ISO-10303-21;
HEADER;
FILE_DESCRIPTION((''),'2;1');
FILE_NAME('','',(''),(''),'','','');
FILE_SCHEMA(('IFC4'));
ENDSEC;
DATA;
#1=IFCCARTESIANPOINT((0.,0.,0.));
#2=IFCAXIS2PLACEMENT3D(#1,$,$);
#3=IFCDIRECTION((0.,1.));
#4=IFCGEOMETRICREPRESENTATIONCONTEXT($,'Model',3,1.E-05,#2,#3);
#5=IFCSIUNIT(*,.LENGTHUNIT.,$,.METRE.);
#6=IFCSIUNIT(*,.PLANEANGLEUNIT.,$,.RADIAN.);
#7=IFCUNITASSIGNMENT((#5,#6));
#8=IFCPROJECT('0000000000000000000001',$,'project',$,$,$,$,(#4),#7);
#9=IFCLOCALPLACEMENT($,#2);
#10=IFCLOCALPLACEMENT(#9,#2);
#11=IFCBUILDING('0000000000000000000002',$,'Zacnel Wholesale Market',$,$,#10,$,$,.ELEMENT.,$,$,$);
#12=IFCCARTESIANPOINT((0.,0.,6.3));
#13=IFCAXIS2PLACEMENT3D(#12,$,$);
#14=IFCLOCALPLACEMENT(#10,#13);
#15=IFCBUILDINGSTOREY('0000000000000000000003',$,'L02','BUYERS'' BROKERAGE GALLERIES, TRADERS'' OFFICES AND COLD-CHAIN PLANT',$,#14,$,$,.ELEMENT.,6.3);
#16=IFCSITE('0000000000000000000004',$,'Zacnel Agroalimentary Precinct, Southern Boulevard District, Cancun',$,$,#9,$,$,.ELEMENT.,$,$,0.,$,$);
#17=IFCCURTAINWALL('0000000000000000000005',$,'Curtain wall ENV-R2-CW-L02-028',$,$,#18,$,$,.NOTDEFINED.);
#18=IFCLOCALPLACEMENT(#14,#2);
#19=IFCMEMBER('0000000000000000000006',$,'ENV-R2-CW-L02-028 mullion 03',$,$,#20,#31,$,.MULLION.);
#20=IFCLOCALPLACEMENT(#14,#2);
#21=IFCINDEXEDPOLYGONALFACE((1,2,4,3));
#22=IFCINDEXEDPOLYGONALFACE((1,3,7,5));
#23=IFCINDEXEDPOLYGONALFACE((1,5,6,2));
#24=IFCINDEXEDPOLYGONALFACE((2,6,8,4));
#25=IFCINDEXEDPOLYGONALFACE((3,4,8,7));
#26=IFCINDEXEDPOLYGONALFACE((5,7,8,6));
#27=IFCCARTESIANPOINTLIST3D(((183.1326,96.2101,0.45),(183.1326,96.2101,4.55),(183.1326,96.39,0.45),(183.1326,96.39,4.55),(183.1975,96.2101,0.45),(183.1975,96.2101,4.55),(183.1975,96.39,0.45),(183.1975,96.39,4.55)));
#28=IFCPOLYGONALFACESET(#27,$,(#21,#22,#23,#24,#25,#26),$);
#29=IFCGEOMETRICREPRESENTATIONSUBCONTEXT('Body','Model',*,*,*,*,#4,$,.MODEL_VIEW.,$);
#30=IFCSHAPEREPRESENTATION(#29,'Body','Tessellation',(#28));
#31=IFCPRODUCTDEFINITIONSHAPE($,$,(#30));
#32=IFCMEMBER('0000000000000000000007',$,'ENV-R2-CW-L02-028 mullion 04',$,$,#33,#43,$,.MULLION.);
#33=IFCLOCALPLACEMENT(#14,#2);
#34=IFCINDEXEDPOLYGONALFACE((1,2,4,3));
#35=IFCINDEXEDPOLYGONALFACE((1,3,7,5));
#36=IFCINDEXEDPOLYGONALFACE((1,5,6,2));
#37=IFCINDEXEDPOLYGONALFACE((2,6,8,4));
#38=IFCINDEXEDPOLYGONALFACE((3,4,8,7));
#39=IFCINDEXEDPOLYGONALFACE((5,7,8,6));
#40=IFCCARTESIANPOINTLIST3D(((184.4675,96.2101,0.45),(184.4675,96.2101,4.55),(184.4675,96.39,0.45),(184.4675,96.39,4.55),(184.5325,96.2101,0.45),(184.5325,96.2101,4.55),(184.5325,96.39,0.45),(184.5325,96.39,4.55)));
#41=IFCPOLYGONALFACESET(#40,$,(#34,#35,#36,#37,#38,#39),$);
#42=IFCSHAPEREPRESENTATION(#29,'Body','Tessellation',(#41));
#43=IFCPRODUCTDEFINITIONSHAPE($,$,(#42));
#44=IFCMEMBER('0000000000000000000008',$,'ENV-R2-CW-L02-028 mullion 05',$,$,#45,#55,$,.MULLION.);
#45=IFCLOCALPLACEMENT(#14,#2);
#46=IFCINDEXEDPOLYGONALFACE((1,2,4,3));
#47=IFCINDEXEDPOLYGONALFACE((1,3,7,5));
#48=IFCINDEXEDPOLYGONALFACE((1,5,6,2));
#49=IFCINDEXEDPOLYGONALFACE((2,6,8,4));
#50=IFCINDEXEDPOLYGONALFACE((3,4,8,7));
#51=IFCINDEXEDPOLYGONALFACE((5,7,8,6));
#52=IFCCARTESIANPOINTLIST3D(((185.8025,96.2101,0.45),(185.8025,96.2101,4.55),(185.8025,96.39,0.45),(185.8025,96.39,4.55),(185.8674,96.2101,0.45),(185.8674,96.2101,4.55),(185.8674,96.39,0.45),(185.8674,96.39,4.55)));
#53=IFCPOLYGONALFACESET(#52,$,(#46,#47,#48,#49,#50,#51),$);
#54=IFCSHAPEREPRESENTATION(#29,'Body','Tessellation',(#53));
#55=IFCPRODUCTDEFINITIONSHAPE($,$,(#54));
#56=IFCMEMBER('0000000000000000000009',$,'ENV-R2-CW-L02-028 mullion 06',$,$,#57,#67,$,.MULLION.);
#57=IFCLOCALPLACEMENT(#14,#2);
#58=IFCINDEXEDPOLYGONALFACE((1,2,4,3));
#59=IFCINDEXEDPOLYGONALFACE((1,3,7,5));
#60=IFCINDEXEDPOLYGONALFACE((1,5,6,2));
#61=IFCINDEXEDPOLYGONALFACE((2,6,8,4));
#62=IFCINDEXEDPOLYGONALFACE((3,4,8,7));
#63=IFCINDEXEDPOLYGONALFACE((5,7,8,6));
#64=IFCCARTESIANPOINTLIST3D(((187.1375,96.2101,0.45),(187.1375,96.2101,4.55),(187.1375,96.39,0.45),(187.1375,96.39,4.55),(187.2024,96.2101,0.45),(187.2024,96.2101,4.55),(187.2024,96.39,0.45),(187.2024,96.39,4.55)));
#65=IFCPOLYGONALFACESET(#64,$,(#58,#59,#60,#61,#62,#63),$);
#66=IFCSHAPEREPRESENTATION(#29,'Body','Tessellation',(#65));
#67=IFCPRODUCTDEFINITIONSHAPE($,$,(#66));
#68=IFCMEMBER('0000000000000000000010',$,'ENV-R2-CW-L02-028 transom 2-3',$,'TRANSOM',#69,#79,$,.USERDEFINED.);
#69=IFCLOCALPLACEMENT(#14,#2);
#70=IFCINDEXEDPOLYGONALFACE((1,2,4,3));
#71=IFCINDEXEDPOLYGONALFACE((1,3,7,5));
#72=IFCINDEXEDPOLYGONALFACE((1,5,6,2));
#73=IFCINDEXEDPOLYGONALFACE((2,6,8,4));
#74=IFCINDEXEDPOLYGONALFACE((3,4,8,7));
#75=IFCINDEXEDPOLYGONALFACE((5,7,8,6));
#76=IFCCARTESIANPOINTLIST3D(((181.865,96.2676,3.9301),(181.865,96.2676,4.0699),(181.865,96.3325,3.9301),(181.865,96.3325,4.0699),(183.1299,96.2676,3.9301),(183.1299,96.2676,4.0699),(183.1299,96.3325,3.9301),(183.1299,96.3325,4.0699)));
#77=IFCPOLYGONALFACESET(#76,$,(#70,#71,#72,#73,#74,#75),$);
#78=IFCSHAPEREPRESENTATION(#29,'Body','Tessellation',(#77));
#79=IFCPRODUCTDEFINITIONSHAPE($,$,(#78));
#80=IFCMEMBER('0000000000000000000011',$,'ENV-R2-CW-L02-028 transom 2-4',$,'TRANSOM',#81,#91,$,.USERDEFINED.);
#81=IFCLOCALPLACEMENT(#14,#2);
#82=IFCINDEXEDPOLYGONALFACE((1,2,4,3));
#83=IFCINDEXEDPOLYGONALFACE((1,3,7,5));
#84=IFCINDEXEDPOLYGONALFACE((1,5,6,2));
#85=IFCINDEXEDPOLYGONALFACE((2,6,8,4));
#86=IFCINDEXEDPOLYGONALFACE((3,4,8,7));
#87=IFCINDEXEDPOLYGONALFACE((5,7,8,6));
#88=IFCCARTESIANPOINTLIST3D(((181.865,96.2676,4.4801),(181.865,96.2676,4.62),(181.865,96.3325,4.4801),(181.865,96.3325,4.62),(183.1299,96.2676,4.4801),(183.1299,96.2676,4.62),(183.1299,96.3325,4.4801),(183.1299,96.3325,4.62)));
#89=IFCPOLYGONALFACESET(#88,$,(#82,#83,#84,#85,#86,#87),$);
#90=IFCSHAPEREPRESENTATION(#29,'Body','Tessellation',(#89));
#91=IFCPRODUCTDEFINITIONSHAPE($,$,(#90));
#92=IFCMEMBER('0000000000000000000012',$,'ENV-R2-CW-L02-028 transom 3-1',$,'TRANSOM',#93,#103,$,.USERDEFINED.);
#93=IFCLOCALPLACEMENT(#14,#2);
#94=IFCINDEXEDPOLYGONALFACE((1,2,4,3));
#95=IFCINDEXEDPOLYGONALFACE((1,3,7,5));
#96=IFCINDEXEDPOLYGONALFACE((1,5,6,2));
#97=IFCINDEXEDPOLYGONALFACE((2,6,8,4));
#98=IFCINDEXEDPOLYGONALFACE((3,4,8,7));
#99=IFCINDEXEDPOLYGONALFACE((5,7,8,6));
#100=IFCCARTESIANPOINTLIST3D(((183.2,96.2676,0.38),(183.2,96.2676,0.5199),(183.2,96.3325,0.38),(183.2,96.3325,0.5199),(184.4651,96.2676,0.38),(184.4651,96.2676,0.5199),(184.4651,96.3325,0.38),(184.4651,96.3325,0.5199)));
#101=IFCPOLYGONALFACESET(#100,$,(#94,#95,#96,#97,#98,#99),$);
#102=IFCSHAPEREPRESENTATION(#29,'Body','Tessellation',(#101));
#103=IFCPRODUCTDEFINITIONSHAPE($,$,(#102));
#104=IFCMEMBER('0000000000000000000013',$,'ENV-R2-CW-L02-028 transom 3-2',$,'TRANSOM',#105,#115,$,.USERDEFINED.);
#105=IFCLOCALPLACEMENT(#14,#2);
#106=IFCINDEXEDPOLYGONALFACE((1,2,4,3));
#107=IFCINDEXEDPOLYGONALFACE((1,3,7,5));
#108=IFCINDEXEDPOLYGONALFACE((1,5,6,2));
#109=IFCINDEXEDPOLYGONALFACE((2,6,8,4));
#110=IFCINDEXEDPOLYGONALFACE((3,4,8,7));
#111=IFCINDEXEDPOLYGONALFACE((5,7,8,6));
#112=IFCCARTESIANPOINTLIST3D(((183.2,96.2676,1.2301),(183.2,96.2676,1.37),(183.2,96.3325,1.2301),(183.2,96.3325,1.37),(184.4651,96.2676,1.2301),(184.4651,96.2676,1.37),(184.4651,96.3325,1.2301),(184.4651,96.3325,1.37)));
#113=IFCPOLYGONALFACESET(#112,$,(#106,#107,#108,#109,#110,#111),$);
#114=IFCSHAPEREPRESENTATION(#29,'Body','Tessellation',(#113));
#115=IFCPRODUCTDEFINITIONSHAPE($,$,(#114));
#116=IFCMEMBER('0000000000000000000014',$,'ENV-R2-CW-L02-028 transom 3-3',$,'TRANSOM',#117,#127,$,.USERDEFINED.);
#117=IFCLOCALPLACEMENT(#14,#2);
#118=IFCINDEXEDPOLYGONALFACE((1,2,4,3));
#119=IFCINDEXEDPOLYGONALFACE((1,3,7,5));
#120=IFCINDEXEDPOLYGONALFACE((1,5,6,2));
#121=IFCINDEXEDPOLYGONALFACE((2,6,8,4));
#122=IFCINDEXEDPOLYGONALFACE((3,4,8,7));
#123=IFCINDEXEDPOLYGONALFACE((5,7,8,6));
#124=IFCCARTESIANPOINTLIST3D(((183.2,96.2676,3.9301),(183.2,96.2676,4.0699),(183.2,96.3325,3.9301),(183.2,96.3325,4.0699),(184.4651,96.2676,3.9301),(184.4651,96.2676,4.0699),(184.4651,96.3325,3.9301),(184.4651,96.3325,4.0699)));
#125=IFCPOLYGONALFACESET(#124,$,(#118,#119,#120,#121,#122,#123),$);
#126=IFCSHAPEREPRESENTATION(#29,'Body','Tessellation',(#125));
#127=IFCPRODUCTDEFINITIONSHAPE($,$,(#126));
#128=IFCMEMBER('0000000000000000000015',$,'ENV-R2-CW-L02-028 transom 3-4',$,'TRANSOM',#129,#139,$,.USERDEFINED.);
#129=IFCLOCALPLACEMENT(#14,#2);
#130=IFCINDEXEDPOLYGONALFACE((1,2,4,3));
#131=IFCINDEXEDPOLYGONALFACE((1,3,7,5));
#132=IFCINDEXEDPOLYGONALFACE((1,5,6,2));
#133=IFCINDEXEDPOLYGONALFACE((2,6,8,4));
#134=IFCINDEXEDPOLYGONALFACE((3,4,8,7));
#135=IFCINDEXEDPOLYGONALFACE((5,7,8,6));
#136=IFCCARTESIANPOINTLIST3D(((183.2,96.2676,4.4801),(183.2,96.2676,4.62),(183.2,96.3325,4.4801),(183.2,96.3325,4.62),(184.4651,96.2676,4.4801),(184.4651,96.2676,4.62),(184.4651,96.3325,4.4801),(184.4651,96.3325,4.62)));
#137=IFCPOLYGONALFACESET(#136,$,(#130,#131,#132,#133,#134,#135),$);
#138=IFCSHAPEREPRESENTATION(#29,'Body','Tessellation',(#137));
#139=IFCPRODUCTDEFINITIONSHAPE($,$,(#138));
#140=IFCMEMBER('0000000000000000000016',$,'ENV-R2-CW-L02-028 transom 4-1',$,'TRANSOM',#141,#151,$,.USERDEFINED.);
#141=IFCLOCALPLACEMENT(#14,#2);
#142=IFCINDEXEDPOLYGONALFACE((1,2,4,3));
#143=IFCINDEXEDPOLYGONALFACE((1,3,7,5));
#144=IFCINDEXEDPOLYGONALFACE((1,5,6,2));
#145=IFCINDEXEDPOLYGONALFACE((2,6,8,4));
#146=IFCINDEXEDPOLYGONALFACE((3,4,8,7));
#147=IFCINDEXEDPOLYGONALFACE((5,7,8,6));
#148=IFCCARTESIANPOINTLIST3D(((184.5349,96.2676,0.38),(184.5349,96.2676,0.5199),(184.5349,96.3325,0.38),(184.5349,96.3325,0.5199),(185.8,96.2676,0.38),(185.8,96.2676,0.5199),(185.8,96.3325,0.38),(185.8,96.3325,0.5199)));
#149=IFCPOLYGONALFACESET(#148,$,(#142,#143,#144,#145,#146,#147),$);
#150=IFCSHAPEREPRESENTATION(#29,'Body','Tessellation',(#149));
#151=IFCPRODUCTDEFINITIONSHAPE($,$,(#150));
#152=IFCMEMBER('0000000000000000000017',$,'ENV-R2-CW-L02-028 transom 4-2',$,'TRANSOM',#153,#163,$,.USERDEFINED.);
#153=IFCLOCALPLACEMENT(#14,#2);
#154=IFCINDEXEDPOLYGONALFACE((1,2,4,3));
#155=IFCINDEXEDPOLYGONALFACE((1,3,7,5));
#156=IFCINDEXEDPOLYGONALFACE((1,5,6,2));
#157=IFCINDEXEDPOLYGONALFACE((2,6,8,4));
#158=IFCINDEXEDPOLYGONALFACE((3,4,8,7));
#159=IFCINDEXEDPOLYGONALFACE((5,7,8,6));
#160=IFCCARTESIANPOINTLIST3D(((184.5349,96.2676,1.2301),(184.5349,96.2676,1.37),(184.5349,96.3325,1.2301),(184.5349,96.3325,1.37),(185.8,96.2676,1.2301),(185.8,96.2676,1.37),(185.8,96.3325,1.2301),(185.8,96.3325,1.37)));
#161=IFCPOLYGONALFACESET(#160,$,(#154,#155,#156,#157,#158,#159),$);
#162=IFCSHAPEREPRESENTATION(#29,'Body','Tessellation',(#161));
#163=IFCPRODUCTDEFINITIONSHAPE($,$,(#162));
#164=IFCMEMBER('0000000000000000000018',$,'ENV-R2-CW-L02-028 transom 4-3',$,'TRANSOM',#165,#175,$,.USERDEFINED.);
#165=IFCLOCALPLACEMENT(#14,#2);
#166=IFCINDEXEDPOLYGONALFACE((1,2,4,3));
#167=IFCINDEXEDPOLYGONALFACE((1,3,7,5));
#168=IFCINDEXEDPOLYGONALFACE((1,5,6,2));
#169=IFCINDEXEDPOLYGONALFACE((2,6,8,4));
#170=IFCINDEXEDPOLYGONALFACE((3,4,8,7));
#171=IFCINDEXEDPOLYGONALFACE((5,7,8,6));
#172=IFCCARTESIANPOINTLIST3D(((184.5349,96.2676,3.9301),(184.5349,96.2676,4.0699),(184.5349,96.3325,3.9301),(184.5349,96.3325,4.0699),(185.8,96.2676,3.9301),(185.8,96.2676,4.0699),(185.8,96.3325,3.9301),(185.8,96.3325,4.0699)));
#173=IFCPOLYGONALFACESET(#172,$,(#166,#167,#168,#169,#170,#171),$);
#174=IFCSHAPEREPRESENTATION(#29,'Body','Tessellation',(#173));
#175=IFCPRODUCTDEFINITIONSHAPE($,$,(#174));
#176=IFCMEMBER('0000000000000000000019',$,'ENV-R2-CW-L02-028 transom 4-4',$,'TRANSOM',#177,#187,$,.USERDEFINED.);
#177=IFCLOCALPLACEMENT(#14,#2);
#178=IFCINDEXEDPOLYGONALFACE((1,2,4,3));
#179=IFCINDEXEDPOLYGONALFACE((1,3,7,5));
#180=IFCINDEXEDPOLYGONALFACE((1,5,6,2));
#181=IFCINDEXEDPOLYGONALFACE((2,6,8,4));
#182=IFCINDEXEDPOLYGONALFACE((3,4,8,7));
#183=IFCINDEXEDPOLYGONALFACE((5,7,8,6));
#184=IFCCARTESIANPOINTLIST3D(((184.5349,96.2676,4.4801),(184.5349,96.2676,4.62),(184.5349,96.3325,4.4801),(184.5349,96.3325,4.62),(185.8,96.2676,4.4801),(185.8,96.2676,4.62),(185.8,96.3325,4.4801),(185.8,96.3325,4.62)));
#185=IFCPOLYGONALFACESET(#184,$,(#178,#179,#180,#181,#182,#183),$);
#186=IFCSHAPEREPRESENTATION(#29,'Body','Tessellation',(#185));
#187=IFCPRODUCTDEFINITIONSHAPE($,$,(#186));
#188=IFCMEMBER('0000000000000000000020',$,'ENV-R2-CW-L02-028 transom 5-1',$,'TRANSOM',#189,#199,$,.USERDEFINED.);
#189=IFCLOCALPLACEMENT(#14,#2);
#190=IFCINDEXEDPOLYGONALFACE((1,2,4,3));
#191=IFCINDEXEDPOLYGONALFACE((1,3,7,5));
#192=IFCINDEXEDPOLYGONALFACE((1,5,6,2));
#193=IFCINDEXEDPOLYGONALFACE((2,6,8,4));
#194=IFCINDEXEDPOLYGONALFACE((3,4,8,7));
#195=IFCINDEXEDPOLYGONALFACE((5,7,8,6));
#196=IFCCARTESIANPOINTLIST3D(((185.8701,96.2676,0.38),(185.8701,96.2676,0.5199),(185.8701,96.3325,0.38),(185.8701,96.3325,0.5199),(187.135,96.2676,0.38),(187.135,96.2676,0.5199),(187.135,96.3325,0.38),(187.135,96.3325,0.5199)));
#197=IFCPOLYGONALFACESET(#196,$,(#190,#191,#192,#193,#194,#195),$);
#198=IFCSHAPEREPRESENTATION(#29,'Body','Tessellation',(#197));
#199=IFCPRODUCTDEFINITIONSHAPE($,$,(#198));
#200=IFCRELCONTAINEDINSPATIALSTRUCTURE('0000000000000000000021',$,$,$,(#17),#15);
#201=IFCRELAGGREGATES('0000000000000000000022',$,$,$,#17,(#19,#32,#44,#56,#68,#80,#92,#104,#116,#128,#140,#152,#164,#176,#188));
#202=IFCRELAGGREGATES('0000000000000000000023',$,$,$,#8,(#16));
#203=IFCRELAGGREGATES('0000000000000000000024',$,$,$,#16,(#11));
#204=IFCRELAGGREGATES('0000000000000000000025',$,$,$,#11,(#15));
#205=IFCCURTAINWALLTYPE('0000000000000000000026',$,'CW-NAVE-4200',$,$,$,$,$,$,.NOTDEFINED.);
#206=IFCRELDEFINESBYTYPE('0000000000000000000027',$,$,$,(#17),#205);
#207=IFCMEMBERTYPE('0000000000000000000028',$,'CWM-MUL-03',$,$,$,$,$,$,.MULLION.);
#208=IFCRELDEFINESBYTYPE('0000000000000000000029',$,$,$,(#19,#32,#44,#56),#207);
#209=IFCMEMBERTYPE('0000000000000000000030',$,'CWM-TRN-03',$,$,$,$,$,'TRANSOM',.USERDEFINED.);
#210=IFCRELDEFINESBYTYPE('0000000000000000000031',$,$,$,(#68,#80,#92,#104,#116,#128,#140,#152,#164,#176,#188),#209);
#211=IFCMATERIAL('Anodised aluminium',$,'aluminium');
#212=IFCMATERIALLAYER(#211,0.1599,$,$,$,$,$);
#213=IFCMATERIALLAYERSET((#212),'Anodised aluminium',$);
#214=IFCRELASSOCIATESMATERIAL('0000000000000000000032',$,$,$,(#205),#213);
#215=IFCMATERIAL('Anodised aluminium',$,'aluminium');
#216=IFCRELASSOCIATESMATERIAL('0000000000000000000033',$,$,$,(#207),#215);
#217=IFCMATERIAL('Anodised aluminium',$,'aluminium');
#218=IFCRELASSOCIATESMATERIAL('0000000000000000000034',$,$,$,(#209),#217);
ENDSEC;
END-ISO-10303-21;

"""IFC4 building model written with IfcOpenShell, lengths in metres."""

from ifc_helpers import new_model, si_unit, direction, frame, origin, origin_2d, place, context, subcontext, project, spatial, rectangle, extrude, material, layer, layer_set, material_profile, profile_set, type_object, element, aggregate, save


model = new_model("IFC4")

# Units and contexts
model_context = context("Model", 3, precision=1e-05, world=origin(), true_north=direction((0.0, 1.0)))
body_context = subcontext(model_context, "Body", "Model", "MODEL_VIEW")
ifc_project = project(units=[si_unit("LENGTHUNIT", "METRE"), si_unit("PLANEANGLEUNIT", "RADIAN")], contexts=[model_context])

# Site, building, storey
site_placement = place(None, origin())
site = spatial("IfcSite", under=ifc_project, at=site_placement, Name="Zacnel Agroalimentary Precinct, Southern Boulevard District, Cancun", CompositionType="ELEMENT", RefElevation=0.0)
building_placement = place(site_placement, origin())
building = spatial("IfcBuilding", under=site, at=building_placement, Name="Zacnel Wholesale Market", CompositionType="ELEMENT")
storey_placement = place(building_placement, frame((0.0, 0.0, 6.3)))
storey = spatial("IfcBuildingStorey", under=building, at=storey_placement, Name="L02", Description="BUYERS' BROKERAGE GALLERIES, TRADERS' OFFICES AND COLD-CHAIN PLANT", CompositionType="ELEMENT", Elevation=6.3)

# Curtain wall, members
ifc_material_1 = material(Name="Anodised aluminium", Category="aluminium")
ifc_layer_1 = layer(ifc_material_1, 0.1599)
ifc_layer_set_1 = layer_set([ifc_layer_1], Name="Anodised aluminium")
curtain_wall_type = type_object("IfcCurtainWallType", Name="CW-NAVE-4200", PredefinedType="NOTDEFINED", material=ifc_layer_set_1)
curtain_wall_placement = place(storey_placement, origin())
curtain_wall = element("IfcCurtainWall", 1, at=curtain_wall_placement, inside=storey, type_object=curtain_wall_type, Name="Curtain wall ENV-R2-CW-L02-028", PredefinedType="NOTDEFINED")
ifc_material_2 = material(Name="Anodised aluminium", Category="aluminium")
ifc_material_profile_1 = material_profile(ifc_material_2, rectangle(XDim=0.0649, YDim=0.1799, at=origin_2d()), Name="AW-MULLION 65x180")
ifc_profile_set_1 = profile_set([ifc_material_profile_1], Name="Anodised aluminium")
member_type_1 = type_object("IfcMemberType", Name="CWM-MUL-03", PredefinedType="MULLION", material=ifc_profile_set_1)
member_1_placement = place(storey_placement, frame((183.165, 96.3, 0.45), z_axis=(0.0, 0.0, 1.0), x_axis=(1.0, 0.0, 0.0)))
member_1 = element("IfcMember", 2, at=member_1_placement, type_object=member_type_1, Name="ENV-R2-CW-L02-028 mullion 03", PredefinedType="MULLION", context=body_context, shape_type="SweptSolid", body=[
    extrude(rectangle(XDim=0.0649, YDim=0.1799, at=origin_2d()), origin(), (0.0, 0.0, 1.0), 4.1001),
])
member_2_placement = place(storey_placement, frame((184.5, 96.3, 0.45), z_axis=(0.0, 0.0, 1.0), x_axis=(1.0, 0.0, 0.0)))
member_2 = element("IfcMember", 3, at=member_2_placement, type_object=member_type_1, Name="ENV-R2-CW-L02-028 mullion 04", PredefinedType="MULLION", context=body_context, shape_type="SweptSolid", body=[
    extrude(rectangle(XDim=0.0649, YDim=0.1799, at=origin_2d()), origin(), (0.0, 0.0, 1.0), 4.1001),
])
member_3_placement = place(storey_placement, frame((185.835, 96.3, 0.45), z_axis=(0.0, 0.0, 1.0), x_axis=(1.0, 0.0, 0.0)))
member_3 = element("IfcMember", 4, at=member_3_placement, type_object=member_type_1, Name="ENV-R2-CW-L02-028 mullion 05", PredefinedType="MULLION", context=body_context, shape_type="SweptSolid", body=[
    extrude(rectangle(XDim=0.0649, YDim=0.1799, at=origin_2d()), origin(), (0.0, 0.0, 1.0), 4.1001),
])
member_4_placement = place(storey_placement, frame((187.1699, 96.3, 0.45), z_axis=(0.0, 0.0, 1.0), x_axis=(1.0, 0.0, 0.0)))
member_4 = element("IfcMember", 5, at=member_4_placement, type_object=member_type_1, Name="ENV-R2-CW-L02-028 mullion 06", PredefinedType="MULLION", context=body_context, shape_type="SweptSolid", body=[
    extrude(rectangle(XDim=0.0649, YDim=0.1799, at=origin_2d()), origin(), (0.0, 0.0, 1.0), 4.1001),
])
ifc_material_3 = material(Name="Anodised aluminium", Category="aluminium")
ifc_material_profile_2 = material_profile(ifc_material_3, rectangle(XDim=0.0649, YDim=0.1399, at=origin_2d()), Name="AW-TRANSOM 65x140")
ifc_profile_set_2 = profile_set([ifc_material_profile_2], Name="Anodised aluminium")
member_type_2 = type_object("IfcMemberType", Name="CWM-TRN-03", ElementType="TRANSOM", PredefinedType="USERDEFINED", material=ifc_profile_set_2)
member_5_placement = place(storey_placement, frame((181.865, 96.3, 4.0), z_axis=(1.0, 0.0, 0.0), x_axis=(0.0, 1.0, 0.0)))
member_5 = element("IfcMember", 6, at=member_5_placement, type_object=member_type_2, Name="ENV-R2-CW-L02-028 transom 2-3", ObjectType="TRANSOM", PredefinedType="USERDEFINED", context=body_context, shape_type="SweptSolid", body=[
    extrude(rectangle(XDim=0.0649, YDim=0.1399, at=origin_2d()), origin(), (0.0, 0.0, 1.0), 1.2649),
])
member_6_placement = place(storey_placement, frame((181.865, 96.3, 4.55), z_axis=(1.0, 0.0, 0.0), x_axis=(0.0, 1.0, 0.0)))
member_6 = element("IfcMember", 7, at=member_6_placement, type_object=member_type_2, Name="ENV-R2-CW-L02-028 transom 2-4", ObjectType="TRANSOM", PredefinedType="USERDEFINED", context=body_context, shape_type="SweptSolid", body=[
    extrude(rectangle(XDim=0.0649, YDim=0.1399, at=origin_2d()), origin(), (0.0, 0.0, 1.0), 1.2649),
])
member_7_placement = place(storey_placement, frame((183.2, 96.3, 0.45), z_axis=(1.0, 0.0, 0.0), x_axis=(0.0, 1.0, 0.0)))
member_7 = element("IfcMember", 8, at=member_7_placement, type_object=member_type_2, Name="ENV-R2-CW-L02-028 transom 3-1", ObjectType="TRANSOM", PredefinedType="USERDEFINED", context=body_context, shape_type="SweptSolid", body=[
    extrude(rectangle(XDim=0.0649, YDim=0.1399, at=origin_2d()), origin(), (0.0, 0.0, 1.0), 1.2651),
])
member_8_placement = place(storey_placement, frame((183.2, 96.3, 1.3), z_axis=(1.0, 0.0, 0.0), x_axis=(0.0, 1.0, 0.0)))
member_8 = element("IfcMember", 9, at=member_8_placement, type_object=member_type_2, Name="ENV-R2-CW-L02-028 transom 3-2", ObjectType="TRANSOM", PredefinedType="USERDEFINED", context=body_context, shape_type="SweptSolid", body=[
    extrude(rectangle(XDim=0.0649, YDim=0.1399, at=origin_2d()), origin(), (0.0, 0.0, 1.0), 1.2651),
])
member_9_placement = place(storey_placement, frame((183.2, 96.3, 4.0), z_axis=(1.0, 0.0, 0.0), x_axis=(0.0, 1.0, 0.0)))
member_9 = element("IfcMember", 10, at=member_9_placement, type_object=member_type_2, Name="ENV-R2-CW-L02-028 transom 3-3", ObjectType="TRANSOM", PredefinedType="USERDEFINED", context=body_context, shape_type="SweptSolid", body=[
    extrude(rectangle(XDim=0.0649, YDim=0.1399, at=origin_2d()), origin(), (0.0, 0.0, 1.0), 1.2651),
])
member_10_placement = place(storey_placement, frame((183.2, 96.3, 4.55), z_axis=(1.0, 0.0, 0.0), x_axis=(0.0, 1.0, 0.0)))
member_10 = element("IfcMember", 11, at=member_10_placement, type_object=member_type_2, Name="ENV-R2-CW-L02-028 transom 3-4", ObjectType="TRANSOM", PredefinedType="USERDEFINED", context=body_context, shape_type="SweptSolid", body=[
    extrude(rectangle(XDim=0.0649, YDim=0.1399, at=origin_2d()), origin(), (0.0, 0.0, 1.0), 1.2651),
])
member_11_placement = place(storey_placement, frame((184.5349, 96.3, 0.45), z_axis=(1.0, 0.0, 0.0), x_axis=(0.0, 1.0, 0.0)))
member_11 = element("IfcMember", 12, at=member_11_placement, type_object=member_type_2, Name="ENV-R2-CW-L02-028 transom 4-1", ObjectType="TRANSOM", PredefinedType="USERDEFINED", context=body_context, shape_type="SweptSolid", body=[
    extrude(rectangle(XDim=0.0649, YDim=0.1399, at=origin_2d()), origin(), (0.0, 0.0, 1.0), 1.2651),
])
member_12_placement = place(storey_placement, frame((184.5349, 96.3, 1.3), z_axis=(1.0, 0.0, 0.0), x_axis=(0.0, 1.0, 0.0)))
member_12 = element("IfcMember", 13, at=member_12_placement, type_object=member_type_2, Name="ENV-R2-CW-L02-028 transom 4-2", ObjectType="TRANSOM", PredefinedType="USERDEFINED", context=body_context, shape_type="SweptSolid", body=[
    extrude(rectangle(XDim=0.0649, YDim=0.1399, at=origin_2d()), origin(), (0.0, 0.0, 1.0), 1.2651),
])
member_13_placement = place(storey_placement, frame((184.5349, 96.3, 4.0), z_axis=(1.0, 0.0, 0.0), x_axis=(0.0, 1.0, 0.0)))
member_13 = element("IfcMember", 14, at=member_13_placement, type_object=member_type_2, Name="ENV-R2-CW-L02-028 transom 4-3", ObjectType="TRANSOM", PredefinedType="USERDEFINED", context=body_context, shape_type="SweptSolid", body=[
    extrude(rectangle(XDim=0.0649, YDim=0.1399, at=origin_2d()), origin(), (0.0, 0.0, 1.0), 1.2651),
])
member_14_placement = place(storey_placement, frame((184.5349, 96.3, 4.55), z_axis=(1.0, 0.0, 0.0), x_axis=(0.0, 1.0, 0.0)))
member_14 = element("IfcMember", 15, at=member_14_placement, type_object=member_type_2, Name="ENV-R2-CW-L02-028 transom 4-4", ObjectType="TRANSOM", PredefinedType="USERDEFINED", context=body_context, shape_type="SweptSolid", body=[
    extrude(rectangle(XDim=0.0649, YDim=0.1399, at=origin_2d()), origin(), (0.0, 0.0, 1.0), 1.2651),
])
member_15_placement = place(storey_placement, frame((185.8701, 96.3, 0.45), z_axis=(1.0, 0.0, 0.0), x_axis=(0.0, 1.0, 0.0)))
member_15 = element("IfcMember", 16, at=member_15_placement, type_object=member_type_2, Name="ENV-R2-CW-L02-028 transom 5-1", ObjectType="TRANSOM", PredefinedType="USERDEFINED", context=body_context, shape_type="SweptSolid", body=[
    extrude(rectangle(XDim=0.0649, YDim=0.1399, at=origin_2d()), origin(), (0.0, 0.0, 1.0), 1.2649),
])
aggregate(curtain_wall, [member_1, member_2, member_3, member_4, member_5, member_6, member_7, member_8, member_9, member_10, member_11, member_12, member_13, member_14, member_15])

save(model, "model.ifc")
